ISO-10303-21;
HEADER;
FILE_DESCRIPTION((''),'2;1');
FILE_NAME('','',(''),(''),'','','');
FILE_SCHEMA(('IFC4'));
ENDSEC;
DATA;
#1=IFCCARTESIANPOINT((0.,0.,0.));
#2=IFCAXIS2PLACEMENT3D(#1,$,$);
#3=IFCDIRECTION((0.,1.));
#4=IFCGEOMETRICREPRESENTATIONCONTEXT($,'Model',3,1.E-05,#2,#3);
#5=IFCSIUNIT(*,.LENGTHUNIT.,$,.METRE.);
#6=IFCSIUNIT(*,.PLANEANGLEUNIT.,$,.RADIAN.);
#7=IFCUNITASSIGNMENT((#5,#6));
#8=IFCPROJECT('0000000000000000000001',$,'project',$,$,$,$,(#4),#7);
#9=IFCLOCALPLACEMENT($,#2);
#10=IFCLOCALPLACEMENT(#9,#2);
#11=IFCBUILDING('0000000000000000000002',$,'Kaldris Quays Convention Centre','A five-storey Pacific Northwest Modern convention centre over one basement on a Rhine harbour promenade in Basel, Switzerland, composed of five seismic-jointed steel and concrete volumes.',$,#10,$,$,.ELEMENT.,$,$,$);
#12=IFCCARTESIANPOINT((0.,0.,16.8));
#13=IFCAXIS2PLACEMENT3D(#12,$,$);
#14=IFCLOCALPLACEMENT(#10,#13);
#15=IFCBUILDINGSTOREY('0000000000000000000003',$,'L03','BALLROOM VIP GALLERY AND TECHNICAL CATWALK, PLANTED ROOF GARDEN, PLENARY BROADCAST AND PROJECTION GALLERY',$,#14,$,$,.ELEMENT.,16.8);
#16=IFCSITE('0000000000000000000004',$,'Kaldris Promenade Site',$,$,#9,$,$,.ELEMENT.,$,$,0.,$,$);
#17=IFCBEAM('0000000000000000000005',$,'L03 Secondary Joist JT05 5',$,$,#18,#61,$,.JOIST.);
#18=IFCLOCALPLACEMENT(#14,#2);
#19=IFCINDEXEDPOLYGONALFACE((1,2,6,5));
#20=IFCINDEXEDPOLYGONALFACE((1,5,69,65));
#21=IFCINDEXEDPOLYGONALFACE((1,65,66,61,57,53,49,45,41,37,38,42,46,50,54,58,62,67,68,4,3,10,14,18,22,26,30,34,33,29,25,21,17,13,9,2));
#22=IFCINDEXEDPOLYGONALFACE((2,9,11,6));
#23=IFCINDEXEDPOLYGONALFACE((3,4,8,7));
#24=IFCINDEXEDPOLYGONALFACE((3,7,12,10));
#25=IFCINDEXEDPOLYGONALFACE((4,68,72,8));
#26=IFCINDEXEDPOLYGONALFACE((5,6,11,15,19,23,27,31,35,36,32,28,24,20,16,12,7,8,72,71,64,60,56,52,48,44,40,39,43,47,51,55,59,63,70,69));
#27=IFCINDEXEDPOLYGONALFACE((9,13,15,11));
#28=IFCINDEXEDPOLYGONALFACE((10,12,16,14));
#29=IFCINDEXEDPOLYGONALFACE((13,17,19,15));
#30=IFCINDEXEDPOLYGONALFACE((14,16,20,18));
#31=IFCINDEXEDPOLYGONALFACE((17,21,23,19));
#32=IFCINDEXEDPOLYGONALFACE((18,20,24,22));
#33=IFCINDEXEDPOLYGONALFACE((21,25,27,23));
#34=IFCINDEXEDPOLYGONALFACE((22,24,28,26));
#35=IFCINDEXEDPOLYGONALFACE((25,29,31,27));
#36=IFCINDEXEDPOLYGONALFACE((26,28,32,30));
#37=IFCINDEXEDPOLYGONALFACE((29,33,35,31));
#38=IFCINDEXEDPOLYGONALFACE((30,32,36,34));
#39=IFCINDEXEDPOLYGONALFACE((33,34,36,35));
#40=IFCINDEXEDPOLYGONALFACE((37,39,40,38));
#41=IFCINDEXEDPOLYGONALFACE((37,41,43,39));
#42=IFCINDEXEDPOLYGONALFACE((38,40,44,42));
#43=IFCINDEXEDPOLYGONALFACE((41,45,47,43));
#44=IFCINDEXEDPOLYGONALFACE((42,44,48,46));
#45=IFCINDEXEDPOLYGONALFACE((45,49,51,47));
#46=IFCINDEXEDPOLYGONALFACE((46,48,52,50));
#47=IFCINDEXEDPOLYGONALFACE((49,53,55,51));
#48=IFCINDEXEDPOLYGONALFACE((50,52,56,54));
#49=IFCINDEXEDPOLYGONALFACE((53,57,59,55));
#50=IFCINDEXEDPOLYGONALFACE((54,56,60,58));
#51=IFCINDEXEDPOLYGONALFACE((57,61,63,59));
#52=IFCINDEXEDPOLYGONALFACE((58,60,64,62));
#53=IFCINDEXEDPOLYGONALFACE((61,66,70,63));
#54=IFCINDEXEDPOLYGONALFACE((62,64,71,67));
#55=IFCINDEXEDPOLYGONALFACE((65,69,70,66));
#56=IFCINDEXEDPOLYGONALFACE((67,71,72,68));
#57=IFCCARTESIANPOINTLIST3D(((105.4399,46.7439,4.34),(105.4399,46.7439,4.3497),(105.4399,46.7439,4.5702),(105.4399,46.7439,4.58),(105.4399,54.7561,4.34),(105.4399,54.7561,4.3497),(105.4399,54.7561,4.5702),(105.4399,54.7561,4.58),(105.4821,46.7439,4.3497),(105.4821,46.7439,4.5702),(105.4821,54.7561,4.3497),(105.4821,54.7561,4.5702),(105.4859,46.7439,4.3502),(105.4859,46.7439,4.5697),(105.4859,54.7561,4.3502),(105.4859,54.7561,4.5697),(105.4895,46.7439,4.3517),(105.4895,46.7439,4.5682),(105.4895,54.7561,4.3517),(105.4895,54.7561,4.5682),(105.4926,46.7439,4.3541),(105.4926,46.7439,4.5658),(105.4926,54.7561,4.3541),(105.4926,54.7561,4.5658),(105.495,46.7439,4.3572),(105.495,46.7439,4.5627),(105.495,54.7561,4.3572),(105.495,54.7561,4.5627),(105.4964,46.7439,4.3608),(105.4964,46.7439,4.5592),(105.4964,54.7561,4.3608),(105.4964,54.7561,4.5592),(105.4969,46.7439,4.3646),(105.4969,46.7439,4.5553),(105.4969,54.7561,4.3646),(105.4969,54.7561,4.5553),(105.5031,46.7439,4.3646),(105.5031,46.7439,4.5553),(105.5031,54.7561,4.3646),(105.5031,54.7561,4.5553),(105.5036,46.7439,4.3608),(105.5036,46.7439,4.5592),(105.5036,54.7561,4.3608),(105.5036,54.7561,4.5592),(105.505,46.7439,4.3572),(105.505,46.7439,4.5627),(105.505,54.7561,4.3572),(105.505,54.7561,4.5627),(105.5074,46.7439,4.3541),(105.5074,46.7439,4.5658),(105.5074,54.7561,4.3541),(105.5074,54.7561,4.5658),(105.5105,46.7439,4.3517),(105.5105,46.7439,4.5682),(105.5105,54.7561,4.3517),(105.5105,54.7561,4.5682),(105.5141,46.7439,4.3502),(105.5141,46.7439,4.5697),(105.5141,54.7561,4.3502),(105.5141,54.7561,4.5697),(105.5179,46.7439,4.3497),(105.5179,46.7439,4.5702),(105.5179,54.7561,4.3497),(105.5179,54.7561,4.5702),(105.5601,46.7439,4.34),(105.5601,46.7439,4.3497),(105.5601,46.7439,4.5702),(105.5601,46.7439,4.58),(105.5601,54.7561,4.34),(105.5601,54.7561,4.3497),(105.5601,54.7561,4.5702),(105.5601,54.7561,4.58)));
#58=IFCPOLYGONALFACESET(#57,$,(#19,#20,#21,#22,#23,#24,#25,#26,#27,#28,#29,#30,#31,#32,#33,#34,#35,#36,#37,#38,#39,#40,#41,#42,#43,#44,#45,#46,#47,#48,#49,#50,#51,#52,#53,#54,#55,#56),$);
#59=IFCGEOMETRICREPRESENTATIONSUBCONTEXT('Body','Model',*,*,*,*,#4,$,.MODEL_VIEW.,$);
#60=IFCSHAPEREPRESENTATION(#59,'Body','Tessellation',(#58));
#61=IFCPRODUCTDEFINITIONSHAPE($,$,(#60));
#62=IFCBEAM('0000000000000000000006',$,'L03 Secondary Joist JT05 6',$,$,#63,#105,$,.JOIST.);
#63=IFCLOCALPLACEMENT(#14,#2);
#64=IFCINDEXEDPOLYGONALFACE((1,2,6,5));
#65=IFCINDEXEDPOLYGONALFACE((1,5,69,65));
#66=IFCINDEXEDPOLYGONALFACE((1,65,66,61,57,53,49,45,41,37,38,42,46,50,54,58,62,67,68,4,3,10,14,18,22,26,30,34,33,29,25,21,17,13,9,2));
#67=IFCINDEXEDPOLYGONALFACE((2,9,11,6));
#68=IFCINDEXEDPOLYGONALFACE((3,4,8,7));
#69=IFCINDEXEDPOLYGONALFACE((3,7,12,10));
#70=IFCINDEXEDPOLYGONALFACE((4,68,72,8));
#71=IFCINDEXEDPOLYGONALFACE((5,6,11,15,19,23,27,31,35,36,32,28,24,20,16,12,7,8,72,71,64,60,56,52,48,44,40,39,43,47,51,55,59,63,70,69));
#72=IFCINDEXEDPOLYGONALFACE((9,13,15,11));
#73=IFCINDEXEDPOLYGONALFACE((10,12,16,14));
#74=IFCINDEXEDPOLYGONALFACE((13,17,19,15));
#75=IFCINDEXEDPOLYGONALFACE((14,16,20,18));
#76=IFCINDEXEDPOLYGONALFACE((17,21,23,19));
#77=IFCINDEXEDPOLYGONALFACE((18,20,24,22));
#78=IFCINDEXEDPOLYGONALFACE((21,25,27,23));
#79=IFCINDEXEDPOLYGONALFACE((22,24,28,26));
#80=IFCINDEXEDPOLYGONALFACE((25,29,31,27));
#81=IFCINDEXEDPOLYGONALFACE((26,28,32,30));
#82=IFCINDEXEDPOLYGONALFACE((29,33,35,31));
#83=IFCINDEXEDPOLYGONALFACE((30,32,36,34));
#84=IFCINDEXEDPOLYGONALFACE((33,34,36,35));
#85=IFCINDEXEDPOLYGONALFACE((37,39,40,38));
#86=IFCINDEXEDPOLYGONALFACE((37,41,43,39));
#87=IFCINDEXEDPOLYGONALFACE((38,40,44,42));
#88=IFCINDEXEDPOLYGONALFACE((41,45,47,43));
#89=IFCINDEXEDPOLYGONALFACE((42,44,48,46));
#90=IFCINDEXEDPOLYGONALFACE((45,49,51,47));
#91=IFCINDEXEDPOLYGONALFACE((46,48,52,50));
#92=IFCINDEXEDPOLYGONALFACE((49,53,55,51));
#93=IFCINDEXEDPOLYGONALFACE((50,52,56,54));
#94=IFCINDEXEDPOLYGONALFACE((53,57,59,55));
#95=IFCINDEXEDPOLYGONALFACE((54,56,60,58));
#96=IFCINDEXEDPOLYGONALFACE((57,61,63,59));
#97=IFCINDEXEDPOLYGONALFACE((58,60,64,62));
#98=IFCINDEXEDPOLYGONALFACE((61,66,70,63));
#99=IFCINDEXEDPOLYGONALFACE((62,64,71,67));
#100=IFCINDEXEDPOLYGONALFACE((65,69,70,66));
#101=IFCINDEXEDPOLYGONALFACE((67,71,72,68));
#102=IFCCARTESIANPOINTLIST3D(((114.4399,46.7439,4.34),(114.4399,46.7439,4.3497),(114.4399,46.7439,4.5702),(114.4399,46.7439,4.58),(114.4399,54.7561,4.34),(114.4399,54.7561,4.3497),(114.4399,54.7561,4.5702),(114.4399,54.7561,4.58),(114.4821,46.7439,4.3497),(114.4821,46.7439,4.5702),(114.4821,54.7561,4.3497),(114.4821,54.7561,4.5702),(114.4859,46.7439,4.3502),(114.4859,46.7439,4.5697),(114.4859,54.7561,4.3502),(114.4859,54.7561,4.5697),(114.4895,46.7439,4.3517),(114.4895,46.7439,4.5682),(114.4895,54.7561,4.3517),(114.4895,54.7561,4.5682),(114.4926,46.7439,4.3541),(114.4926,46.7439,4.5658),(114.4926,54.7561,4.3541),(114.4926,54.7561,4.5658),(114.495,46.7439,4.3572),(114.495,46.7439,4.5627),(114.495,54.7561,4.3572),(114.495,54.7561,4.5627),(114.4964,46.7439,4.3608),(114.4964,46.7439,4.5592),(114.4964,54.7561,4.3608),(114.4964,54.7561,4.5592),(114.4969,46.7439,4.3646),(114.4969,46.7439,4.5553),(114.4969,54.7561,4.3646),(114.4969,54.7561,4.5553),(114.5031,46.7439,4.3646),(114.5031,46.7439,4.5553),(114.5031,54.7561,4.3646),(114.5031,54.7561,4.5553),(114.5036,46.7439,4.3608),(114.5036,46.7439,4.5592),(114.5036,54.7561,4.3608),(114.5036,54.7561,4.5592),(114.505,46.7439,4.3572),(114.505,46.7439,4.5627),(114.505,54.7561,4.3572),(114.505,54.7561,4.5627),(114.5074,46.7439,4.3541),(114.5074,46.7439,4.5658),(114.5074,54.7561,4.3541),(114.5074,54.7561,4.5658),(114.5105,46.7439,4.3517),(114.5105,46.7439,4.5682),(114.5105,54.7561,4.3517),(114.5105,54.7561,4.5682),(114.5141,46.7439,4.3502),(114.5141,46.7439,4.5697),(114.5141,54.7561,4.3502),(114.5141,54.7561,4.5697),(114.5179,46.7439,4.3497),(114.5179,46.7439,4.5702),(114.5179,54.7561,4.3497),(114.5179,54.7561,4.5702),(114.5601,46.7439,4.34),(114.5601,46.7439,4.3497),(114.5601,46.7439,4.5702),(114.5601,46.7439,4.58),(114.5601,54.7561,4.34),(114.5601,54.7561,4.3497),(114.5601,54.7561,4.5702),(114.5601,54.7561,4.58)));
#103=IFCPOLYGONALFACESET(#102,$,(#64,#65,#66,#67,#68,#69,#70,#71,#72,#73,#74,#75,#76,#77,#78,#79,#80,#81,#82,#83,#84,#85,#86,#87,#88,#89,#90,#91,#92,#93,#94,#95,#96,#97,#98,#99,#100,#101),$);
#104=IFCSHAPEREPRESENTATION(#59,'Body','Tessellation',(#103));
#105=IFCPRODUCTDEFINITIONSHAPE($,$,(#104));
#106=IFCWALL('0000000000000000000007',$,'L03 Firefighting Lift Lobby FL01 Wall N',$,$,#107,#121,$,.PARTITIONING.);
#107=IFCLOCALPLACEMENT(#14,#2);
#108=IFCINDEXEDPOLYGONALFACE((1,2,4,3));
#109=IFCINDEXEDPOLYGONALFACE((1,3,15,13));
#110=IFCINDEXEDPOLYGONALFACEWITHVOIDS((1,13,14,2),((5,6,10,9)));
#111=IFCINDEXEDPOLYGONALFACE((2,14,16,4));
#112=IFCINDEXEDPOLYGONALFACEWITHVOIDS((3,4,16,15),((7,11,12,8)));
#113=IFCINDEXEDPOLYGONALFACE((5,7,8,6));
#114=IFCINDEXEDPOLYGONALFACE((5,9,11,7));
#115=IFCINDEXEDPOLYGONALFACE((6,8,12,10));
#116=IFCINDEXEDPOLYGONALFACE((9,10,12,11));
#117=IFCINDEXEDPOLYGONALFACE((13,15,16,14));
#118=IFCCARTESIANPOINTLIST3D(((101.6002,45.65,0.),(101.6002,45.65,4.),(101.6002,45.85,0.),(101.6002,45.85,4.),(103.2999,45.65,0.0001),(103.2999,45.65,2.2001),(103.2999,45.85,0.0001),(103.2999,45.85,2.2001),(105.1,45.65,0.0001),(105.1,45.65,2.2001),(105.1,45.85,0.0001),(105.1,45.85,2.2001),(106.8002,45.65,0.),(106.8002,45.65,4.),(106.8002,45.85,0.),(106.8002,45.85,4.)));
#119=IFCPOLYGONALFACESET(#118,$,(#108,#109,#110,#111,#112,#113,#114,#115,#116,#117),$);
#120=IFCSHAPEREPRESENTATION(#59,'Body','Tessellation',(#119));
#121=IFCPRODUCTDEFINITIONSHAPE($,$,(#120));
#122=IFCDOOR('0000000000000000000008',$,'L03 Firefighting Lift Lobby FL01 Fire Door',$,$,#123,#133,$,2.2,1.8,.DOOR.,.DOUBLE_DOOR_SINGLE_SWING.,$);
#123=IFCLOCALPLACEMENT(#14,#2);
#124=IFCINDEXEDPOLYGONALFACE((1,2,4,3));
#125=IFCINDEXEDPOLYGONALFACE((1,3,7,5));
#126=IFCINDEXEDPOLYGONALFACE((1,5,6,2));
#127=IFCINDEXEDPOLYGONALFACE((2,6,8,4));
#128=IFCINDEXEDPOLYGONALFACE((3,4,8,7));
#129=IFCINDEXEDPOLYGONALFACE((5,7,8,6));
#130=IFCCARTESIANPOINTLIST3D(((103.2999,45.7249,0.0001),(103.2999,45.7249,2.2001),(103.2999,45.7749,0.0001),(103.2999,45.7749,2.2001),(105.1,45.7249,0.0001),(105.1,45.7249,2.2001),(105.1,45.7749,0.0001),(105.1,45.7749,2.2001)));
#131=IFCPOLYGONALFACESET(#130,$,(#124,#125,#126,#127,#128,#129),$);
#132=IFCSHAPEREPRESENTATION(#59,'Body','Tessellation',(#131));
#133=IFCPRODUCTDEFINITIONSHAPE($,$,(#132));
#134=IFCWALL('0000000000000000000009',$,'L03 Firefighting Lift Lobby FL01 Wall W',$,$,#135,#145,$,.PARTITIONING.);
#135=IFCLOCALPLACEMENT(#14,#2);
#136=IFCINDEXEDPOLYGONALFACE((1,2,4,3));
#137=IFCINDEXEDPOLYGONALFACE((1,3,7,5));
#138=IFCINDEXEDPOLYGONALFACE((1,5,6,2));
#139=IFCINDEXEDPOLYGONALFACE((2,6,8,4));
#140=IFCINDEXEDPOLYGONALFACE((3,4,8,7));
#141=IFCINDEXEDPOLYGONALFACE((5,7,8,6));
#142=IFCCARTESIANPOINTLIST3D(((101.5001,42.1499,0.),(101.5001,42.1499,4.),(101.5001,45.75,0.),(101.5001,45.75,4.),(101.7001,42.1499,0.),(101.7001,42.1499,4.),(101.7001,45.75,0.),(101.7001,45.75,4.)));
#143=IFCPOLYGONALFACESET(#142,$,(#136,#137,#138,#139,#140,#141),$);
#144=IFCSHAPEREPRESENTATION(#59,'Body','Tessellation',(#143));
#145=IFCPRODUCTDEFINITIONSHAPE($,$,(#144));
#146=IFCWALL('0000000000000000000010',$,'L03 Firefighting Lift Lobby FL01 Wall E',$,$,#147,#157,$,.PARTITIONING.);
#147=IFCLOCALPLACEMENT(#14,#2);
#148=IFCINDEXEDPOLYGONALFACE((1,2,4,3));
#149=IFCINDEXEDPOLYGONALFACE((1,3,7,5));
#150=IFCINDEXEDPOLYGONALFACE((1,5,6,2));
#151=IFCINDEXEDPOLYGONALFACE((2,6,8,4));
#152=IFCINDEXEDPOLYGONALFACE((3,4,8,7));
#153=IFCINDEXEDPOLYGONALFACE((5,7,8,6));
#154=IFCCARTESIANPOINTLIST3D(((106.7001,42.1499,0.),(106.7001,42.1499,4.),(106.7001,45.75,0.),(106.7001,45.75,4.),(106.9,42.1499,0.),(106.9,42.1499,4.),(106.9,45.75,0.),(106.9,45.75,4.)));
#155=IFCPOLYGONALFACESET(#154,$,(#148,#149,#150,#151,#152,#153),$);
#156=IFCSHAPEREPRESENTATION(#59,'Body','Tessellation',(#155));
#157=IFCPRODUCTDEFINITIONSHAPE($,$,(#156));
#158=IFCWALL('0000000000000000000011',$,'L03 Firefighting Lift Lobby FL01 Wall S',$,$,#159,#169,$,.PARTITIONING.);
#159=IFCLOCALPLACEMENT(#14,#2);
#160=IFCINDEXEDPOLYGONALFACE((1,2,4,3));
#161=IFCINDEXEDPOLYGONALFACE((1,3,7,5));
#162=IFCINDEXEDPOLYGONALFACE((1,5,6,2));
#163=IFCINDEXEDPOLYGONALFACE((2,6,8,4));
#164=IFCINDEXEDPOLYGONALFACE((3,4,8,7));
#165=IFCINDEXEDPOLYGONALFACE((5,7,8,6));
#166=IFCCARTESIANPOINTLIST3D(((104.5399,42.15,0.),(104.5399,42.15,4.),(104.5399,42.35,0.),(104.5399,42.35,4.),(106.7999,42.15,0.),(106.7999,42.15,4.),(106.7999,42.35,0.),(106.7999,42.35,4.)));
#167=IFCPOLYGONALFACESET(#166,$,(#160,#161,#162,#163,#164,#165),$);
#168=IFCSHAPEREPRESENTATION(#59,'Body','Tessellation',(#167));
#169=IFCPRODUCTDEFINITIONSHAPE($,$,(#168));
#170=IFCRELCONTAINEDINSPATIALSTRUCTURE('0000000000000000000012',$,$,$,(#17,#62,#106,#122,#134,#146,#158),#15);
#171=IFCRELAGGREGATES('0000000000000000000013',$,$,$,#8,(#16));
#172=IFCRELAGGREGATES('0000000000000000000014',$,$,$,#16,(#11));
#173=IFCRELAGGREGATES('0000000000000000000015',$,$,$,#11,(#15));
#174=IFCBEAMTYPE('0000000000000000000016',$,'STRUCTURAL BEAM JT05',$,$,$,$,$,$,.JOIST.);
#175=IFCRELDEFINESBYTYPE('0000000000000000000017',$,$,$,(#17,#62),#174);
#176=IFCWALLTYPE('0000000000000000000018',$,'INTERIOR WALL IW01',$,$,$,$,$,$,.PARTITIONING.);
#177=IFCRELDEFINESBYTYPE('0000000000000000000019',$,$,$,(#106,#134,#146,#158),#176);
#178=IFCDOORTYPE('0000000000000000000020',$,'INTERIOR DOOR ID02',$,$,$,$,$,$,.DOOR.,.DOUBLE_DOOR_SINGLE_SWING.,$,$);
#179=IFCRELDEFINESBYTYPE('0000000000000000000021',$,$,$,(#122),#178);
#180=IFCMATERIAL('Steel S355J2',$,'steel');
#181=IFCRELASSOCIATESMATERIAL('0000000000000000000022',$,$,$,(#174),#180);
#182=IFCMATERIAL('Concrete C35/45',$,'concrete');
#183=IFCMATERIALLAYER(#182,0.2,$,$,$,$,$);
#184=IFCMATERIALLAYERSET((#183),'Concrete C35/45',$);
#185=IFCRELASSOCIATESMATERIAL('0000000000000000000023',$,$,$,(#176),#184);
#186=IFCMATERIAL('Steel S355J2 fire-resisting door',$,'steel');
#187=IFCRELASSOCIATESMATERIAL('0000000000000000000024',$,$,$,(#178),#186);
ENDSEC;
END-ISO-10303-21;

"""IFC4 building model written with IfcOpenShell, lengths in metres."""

from ifc_helpers import new_model, si_unit, direction, frame, frame_2d, origin, origin_2d, place, context, subcontext, project, spatial, rectangle, i_section, extrude, material, layer, layer_set, material_profile, profile_set, type_object, element, fill, save


model = new_model("IFC4")

# Units and contexts
model_context = context("Model", 3, precision=1e-05, world=origin(), true_north=direction((0.0, 1.0)))
body_context = subcontext(model_context, "Body", "Model", "MODEL_VIEW")
ifc_project = project(units=[si_unit("LENGTHUNIT", "METRE"), si_unit("PLANEANGLEUNIT", "RADIAN")], contexts=[model_context])

# Site, building, storey
site_placement = place(None, origin())
site = spatial("IfcSite", under=ifc_project, at=site_placement, Name="Kaldris Promenade Site", CompositionType="ELEMENT", RefElevation=0.0)
building_placement = place(site_placement, origin())
building = spatial("IfcBuilding", under=site, at=building_placement, Name="Kaldris Quays Convention Centre", Description="A five-storey Pacific Northwest Modern convention centre over one basement on a Rhine harbour promenade in Basel, Switzerland, composed of five seismic-jointed steel and concrete volumes.", CompositionType="ELEMENT")
storey_placement = place(building_placement, frame((0.0, 0.0, 16.8)))
storey = spatial("IfcBuildingStorey", under=building, at=storey_placement, Name="L03", Description="BALLROOM VIP GALLERY AND TECHNICAL CATWALK, PLANTED ROOF GARDEN, PLENARY BROADCAST AND PROJECTION GALLERY", CompositionType="ELEMENT", Elevation=16.8)

# Shared definitions
ifc_material_1 = material(Name="Steel S355J2", Category="steel")

# Beams
ifc_material_profile_1 = material_profile(ifc_material_1, i_section(OverallWidth=0.1201, OverallDepth=0.24, WebThickness=0.0061, FlangeThickness=0.0098, FilletRadius=0.0149, at=origin_2d()), Name="IPE 240")
ifc_profile_set_1 = profile_set([ifc_material_profile_1], Name="Steel S355J2")
beam_type_1 = type_object("IfcBeamType", Name="STRUCTURAL BEAM JT05", PredefinedType="JOIST", material=ifc_profile_set_1)
for number, where, z_axis, x_axis, name in (
    (1, (105.5, 46.7439, 4.46), (0.0, 1.0, 0.0), (-1.0, 0.0, 0.0), "L03 Secondary Joist JT05 5"),
    (2, (114.5, 46.7439, 4.46), (0.0, 1.0, 0.0), (-1.0, 0.0, 0.0), "L03 Secondary Joist JT05 6"),
):
    element("IfcBeam", number, at=place(storey_placement, frame(where, z_axis=z_axis, x_axis=x_axis)), inside=storey, type_object=beam_type_1, Name=name, PredefinedType="JOIST", context=body_context, shape_type="SweptSolid", body=[
        extrude(i_section(OverallWidth=0.1201, OverallDepth=0.24, WebThickness=0.0061, FlangeThickness=0.0098, FilletRadius=0.0149, at=origin_2d()), origin(), (0.0, 0.0, 1.0), 8.0122),
    ])

# Wall, opening, door
ifc_material_2 = material(Name="Concrete C35/45", Category="concrete")
ifc_layer_1 = layer(ifc_material_2, 0.2)
ifc_layer_set_1 = layer_set([ifc_layer_1], Name="Concrete C35/45")
wall_type_1 = type_object("IfcWallType", Name="INTERIOR WALL IW01", PredefinedType="PARTITIONING", material=ifc_layer_set_1)
wall_1_placement = place(storey_placement, frame((101.6001, 45.75, 0.0), z_axis=(0.0, 0.0, 1.0), x_axis=(1.0, 0.0, 0.0)))
wall_1 = element("IfcWall", 3, at=wall_1_placement, inside=storey, type_object=wall_type_1, Name="L03 Firefighting Lift Lobby FL01 Wall N", PredefinedType="PARTITIONING", context=body_context, shape_type="SweptSolid", body=[
    extrude(rectangle(XDim=5.2, YDim=0.2, at=frame_2d((2.6001, 0.0))), origin(), (0.0, 0.0, 1.0), 4.0),
])
opening_1_placement = place(wall_1_placement, frame((1.7, 0.0, 0.0)))
opening_1 = element("IfcOpeningElement", 4, at=opening_1_placement, cuts=wall_1, PredefinedType="OPENING", context=body_context, shape_type="SweptSolid", body=[
    extrude(rectangle(XDim=1.8, YDim=2.2, at=frame_2d((0.8999, 1.1001))), frame((0.0, 0.1099, 0.0), z_axis=(0.0, -1.0, 0.0), x_axis=(1.0, 0.0, 0.0)), (0.0, 0.0, 1.0), 0.22),
])
ifc_material_3 = material(Name="Steel S355J2 fire-resisting door", Category="steel")
door_type_1 = type_object("IfcDoorType", Name="INTERIOR DOOR ID02", OperationType="DOUBLE_DOOR_SINGLE_SWING", PredefinedType="DOOR", material=ifc_material_3)
door_1_placement = place(opening_1_placement, origin())
door_1 = element("IfcDoor", 5, at=door_1_placement, inside=storey, type_object=door_type_1, Name="L03 Firefighting Lift Lobby FL01 Fire Door", OperationType="DOUBLE_DOOR_SINGLE_SWING", OverallHeight=2.2, OverallWidth=1.8, PredefinedType="DOOR", context=body_context, shape_type="SweptSolid", body=[
    extrude(rectangle(XDim=1.8, YDim=2.2, at=frame_2d((0.8999, 1.1001))), frame((0.0, 0.0249, 0.0), z_axis=(0.0, -1.0, 0.0), x_axis=(1.0, 0.0, 0.0)), (0.0, 0.0, 1.0), 0.05),
])
fill(opening_1, door_1)

# Walls
for number, where, z_axis, x_axis, name in (
    (6, (101.6001, 42.1499, 0.0), (0.0, 0.0, 1.0), (0.0, 1.0, 0.0), "L03 Firefighting Lift Lobby FL01 Wall W"),
    (7, (106.8, 42.1499, 0.0), (0.0, 0.0, 1.0), (0.0, 1.0, 0.0), "L03 Firefighting Lift Lobby FL01 Wall E"),
):
    element("IfcWall", number, at=place(storey_placement, frame(where, z_axis=z_axis, x_axis=x_axis)), inside=storey, type_object=wall_type_1, Name=name, PredefinedType="PARTITIONING", context=body_context, shape_type="SweptSolid", body=[
        extrude(rectangle(XDim=3.6001, YDim=0.2, at=frame_2d((1.8, 0.0))), origin(), (0.0, 0.0, 1.0), 4.0),
    ])
wall_2_placement = place(storey_placement, frame((104.54, 42.25, 0.0), z_axis=(0.0, 0.0, 1.0), x_axis=(1.0, 0.0, 0.0)))
element("IfcWall", 8, at=wall_2_placement, inside=storey, type_object=wall_type_1, Name="L03 Firefighting Lift Lobby FL01 Wall S", PredefinedType="PARTITIONING", context=body_context, shape_type="SweptSolid", body=[
    extrude(rectangle(XDim=2.26, YDim=0.2, at=frame_2d((1.1299, 0.0))), origin(), (0.0, 0.0, 1.0), 4.0),
])

save(model, "model.ifc")
